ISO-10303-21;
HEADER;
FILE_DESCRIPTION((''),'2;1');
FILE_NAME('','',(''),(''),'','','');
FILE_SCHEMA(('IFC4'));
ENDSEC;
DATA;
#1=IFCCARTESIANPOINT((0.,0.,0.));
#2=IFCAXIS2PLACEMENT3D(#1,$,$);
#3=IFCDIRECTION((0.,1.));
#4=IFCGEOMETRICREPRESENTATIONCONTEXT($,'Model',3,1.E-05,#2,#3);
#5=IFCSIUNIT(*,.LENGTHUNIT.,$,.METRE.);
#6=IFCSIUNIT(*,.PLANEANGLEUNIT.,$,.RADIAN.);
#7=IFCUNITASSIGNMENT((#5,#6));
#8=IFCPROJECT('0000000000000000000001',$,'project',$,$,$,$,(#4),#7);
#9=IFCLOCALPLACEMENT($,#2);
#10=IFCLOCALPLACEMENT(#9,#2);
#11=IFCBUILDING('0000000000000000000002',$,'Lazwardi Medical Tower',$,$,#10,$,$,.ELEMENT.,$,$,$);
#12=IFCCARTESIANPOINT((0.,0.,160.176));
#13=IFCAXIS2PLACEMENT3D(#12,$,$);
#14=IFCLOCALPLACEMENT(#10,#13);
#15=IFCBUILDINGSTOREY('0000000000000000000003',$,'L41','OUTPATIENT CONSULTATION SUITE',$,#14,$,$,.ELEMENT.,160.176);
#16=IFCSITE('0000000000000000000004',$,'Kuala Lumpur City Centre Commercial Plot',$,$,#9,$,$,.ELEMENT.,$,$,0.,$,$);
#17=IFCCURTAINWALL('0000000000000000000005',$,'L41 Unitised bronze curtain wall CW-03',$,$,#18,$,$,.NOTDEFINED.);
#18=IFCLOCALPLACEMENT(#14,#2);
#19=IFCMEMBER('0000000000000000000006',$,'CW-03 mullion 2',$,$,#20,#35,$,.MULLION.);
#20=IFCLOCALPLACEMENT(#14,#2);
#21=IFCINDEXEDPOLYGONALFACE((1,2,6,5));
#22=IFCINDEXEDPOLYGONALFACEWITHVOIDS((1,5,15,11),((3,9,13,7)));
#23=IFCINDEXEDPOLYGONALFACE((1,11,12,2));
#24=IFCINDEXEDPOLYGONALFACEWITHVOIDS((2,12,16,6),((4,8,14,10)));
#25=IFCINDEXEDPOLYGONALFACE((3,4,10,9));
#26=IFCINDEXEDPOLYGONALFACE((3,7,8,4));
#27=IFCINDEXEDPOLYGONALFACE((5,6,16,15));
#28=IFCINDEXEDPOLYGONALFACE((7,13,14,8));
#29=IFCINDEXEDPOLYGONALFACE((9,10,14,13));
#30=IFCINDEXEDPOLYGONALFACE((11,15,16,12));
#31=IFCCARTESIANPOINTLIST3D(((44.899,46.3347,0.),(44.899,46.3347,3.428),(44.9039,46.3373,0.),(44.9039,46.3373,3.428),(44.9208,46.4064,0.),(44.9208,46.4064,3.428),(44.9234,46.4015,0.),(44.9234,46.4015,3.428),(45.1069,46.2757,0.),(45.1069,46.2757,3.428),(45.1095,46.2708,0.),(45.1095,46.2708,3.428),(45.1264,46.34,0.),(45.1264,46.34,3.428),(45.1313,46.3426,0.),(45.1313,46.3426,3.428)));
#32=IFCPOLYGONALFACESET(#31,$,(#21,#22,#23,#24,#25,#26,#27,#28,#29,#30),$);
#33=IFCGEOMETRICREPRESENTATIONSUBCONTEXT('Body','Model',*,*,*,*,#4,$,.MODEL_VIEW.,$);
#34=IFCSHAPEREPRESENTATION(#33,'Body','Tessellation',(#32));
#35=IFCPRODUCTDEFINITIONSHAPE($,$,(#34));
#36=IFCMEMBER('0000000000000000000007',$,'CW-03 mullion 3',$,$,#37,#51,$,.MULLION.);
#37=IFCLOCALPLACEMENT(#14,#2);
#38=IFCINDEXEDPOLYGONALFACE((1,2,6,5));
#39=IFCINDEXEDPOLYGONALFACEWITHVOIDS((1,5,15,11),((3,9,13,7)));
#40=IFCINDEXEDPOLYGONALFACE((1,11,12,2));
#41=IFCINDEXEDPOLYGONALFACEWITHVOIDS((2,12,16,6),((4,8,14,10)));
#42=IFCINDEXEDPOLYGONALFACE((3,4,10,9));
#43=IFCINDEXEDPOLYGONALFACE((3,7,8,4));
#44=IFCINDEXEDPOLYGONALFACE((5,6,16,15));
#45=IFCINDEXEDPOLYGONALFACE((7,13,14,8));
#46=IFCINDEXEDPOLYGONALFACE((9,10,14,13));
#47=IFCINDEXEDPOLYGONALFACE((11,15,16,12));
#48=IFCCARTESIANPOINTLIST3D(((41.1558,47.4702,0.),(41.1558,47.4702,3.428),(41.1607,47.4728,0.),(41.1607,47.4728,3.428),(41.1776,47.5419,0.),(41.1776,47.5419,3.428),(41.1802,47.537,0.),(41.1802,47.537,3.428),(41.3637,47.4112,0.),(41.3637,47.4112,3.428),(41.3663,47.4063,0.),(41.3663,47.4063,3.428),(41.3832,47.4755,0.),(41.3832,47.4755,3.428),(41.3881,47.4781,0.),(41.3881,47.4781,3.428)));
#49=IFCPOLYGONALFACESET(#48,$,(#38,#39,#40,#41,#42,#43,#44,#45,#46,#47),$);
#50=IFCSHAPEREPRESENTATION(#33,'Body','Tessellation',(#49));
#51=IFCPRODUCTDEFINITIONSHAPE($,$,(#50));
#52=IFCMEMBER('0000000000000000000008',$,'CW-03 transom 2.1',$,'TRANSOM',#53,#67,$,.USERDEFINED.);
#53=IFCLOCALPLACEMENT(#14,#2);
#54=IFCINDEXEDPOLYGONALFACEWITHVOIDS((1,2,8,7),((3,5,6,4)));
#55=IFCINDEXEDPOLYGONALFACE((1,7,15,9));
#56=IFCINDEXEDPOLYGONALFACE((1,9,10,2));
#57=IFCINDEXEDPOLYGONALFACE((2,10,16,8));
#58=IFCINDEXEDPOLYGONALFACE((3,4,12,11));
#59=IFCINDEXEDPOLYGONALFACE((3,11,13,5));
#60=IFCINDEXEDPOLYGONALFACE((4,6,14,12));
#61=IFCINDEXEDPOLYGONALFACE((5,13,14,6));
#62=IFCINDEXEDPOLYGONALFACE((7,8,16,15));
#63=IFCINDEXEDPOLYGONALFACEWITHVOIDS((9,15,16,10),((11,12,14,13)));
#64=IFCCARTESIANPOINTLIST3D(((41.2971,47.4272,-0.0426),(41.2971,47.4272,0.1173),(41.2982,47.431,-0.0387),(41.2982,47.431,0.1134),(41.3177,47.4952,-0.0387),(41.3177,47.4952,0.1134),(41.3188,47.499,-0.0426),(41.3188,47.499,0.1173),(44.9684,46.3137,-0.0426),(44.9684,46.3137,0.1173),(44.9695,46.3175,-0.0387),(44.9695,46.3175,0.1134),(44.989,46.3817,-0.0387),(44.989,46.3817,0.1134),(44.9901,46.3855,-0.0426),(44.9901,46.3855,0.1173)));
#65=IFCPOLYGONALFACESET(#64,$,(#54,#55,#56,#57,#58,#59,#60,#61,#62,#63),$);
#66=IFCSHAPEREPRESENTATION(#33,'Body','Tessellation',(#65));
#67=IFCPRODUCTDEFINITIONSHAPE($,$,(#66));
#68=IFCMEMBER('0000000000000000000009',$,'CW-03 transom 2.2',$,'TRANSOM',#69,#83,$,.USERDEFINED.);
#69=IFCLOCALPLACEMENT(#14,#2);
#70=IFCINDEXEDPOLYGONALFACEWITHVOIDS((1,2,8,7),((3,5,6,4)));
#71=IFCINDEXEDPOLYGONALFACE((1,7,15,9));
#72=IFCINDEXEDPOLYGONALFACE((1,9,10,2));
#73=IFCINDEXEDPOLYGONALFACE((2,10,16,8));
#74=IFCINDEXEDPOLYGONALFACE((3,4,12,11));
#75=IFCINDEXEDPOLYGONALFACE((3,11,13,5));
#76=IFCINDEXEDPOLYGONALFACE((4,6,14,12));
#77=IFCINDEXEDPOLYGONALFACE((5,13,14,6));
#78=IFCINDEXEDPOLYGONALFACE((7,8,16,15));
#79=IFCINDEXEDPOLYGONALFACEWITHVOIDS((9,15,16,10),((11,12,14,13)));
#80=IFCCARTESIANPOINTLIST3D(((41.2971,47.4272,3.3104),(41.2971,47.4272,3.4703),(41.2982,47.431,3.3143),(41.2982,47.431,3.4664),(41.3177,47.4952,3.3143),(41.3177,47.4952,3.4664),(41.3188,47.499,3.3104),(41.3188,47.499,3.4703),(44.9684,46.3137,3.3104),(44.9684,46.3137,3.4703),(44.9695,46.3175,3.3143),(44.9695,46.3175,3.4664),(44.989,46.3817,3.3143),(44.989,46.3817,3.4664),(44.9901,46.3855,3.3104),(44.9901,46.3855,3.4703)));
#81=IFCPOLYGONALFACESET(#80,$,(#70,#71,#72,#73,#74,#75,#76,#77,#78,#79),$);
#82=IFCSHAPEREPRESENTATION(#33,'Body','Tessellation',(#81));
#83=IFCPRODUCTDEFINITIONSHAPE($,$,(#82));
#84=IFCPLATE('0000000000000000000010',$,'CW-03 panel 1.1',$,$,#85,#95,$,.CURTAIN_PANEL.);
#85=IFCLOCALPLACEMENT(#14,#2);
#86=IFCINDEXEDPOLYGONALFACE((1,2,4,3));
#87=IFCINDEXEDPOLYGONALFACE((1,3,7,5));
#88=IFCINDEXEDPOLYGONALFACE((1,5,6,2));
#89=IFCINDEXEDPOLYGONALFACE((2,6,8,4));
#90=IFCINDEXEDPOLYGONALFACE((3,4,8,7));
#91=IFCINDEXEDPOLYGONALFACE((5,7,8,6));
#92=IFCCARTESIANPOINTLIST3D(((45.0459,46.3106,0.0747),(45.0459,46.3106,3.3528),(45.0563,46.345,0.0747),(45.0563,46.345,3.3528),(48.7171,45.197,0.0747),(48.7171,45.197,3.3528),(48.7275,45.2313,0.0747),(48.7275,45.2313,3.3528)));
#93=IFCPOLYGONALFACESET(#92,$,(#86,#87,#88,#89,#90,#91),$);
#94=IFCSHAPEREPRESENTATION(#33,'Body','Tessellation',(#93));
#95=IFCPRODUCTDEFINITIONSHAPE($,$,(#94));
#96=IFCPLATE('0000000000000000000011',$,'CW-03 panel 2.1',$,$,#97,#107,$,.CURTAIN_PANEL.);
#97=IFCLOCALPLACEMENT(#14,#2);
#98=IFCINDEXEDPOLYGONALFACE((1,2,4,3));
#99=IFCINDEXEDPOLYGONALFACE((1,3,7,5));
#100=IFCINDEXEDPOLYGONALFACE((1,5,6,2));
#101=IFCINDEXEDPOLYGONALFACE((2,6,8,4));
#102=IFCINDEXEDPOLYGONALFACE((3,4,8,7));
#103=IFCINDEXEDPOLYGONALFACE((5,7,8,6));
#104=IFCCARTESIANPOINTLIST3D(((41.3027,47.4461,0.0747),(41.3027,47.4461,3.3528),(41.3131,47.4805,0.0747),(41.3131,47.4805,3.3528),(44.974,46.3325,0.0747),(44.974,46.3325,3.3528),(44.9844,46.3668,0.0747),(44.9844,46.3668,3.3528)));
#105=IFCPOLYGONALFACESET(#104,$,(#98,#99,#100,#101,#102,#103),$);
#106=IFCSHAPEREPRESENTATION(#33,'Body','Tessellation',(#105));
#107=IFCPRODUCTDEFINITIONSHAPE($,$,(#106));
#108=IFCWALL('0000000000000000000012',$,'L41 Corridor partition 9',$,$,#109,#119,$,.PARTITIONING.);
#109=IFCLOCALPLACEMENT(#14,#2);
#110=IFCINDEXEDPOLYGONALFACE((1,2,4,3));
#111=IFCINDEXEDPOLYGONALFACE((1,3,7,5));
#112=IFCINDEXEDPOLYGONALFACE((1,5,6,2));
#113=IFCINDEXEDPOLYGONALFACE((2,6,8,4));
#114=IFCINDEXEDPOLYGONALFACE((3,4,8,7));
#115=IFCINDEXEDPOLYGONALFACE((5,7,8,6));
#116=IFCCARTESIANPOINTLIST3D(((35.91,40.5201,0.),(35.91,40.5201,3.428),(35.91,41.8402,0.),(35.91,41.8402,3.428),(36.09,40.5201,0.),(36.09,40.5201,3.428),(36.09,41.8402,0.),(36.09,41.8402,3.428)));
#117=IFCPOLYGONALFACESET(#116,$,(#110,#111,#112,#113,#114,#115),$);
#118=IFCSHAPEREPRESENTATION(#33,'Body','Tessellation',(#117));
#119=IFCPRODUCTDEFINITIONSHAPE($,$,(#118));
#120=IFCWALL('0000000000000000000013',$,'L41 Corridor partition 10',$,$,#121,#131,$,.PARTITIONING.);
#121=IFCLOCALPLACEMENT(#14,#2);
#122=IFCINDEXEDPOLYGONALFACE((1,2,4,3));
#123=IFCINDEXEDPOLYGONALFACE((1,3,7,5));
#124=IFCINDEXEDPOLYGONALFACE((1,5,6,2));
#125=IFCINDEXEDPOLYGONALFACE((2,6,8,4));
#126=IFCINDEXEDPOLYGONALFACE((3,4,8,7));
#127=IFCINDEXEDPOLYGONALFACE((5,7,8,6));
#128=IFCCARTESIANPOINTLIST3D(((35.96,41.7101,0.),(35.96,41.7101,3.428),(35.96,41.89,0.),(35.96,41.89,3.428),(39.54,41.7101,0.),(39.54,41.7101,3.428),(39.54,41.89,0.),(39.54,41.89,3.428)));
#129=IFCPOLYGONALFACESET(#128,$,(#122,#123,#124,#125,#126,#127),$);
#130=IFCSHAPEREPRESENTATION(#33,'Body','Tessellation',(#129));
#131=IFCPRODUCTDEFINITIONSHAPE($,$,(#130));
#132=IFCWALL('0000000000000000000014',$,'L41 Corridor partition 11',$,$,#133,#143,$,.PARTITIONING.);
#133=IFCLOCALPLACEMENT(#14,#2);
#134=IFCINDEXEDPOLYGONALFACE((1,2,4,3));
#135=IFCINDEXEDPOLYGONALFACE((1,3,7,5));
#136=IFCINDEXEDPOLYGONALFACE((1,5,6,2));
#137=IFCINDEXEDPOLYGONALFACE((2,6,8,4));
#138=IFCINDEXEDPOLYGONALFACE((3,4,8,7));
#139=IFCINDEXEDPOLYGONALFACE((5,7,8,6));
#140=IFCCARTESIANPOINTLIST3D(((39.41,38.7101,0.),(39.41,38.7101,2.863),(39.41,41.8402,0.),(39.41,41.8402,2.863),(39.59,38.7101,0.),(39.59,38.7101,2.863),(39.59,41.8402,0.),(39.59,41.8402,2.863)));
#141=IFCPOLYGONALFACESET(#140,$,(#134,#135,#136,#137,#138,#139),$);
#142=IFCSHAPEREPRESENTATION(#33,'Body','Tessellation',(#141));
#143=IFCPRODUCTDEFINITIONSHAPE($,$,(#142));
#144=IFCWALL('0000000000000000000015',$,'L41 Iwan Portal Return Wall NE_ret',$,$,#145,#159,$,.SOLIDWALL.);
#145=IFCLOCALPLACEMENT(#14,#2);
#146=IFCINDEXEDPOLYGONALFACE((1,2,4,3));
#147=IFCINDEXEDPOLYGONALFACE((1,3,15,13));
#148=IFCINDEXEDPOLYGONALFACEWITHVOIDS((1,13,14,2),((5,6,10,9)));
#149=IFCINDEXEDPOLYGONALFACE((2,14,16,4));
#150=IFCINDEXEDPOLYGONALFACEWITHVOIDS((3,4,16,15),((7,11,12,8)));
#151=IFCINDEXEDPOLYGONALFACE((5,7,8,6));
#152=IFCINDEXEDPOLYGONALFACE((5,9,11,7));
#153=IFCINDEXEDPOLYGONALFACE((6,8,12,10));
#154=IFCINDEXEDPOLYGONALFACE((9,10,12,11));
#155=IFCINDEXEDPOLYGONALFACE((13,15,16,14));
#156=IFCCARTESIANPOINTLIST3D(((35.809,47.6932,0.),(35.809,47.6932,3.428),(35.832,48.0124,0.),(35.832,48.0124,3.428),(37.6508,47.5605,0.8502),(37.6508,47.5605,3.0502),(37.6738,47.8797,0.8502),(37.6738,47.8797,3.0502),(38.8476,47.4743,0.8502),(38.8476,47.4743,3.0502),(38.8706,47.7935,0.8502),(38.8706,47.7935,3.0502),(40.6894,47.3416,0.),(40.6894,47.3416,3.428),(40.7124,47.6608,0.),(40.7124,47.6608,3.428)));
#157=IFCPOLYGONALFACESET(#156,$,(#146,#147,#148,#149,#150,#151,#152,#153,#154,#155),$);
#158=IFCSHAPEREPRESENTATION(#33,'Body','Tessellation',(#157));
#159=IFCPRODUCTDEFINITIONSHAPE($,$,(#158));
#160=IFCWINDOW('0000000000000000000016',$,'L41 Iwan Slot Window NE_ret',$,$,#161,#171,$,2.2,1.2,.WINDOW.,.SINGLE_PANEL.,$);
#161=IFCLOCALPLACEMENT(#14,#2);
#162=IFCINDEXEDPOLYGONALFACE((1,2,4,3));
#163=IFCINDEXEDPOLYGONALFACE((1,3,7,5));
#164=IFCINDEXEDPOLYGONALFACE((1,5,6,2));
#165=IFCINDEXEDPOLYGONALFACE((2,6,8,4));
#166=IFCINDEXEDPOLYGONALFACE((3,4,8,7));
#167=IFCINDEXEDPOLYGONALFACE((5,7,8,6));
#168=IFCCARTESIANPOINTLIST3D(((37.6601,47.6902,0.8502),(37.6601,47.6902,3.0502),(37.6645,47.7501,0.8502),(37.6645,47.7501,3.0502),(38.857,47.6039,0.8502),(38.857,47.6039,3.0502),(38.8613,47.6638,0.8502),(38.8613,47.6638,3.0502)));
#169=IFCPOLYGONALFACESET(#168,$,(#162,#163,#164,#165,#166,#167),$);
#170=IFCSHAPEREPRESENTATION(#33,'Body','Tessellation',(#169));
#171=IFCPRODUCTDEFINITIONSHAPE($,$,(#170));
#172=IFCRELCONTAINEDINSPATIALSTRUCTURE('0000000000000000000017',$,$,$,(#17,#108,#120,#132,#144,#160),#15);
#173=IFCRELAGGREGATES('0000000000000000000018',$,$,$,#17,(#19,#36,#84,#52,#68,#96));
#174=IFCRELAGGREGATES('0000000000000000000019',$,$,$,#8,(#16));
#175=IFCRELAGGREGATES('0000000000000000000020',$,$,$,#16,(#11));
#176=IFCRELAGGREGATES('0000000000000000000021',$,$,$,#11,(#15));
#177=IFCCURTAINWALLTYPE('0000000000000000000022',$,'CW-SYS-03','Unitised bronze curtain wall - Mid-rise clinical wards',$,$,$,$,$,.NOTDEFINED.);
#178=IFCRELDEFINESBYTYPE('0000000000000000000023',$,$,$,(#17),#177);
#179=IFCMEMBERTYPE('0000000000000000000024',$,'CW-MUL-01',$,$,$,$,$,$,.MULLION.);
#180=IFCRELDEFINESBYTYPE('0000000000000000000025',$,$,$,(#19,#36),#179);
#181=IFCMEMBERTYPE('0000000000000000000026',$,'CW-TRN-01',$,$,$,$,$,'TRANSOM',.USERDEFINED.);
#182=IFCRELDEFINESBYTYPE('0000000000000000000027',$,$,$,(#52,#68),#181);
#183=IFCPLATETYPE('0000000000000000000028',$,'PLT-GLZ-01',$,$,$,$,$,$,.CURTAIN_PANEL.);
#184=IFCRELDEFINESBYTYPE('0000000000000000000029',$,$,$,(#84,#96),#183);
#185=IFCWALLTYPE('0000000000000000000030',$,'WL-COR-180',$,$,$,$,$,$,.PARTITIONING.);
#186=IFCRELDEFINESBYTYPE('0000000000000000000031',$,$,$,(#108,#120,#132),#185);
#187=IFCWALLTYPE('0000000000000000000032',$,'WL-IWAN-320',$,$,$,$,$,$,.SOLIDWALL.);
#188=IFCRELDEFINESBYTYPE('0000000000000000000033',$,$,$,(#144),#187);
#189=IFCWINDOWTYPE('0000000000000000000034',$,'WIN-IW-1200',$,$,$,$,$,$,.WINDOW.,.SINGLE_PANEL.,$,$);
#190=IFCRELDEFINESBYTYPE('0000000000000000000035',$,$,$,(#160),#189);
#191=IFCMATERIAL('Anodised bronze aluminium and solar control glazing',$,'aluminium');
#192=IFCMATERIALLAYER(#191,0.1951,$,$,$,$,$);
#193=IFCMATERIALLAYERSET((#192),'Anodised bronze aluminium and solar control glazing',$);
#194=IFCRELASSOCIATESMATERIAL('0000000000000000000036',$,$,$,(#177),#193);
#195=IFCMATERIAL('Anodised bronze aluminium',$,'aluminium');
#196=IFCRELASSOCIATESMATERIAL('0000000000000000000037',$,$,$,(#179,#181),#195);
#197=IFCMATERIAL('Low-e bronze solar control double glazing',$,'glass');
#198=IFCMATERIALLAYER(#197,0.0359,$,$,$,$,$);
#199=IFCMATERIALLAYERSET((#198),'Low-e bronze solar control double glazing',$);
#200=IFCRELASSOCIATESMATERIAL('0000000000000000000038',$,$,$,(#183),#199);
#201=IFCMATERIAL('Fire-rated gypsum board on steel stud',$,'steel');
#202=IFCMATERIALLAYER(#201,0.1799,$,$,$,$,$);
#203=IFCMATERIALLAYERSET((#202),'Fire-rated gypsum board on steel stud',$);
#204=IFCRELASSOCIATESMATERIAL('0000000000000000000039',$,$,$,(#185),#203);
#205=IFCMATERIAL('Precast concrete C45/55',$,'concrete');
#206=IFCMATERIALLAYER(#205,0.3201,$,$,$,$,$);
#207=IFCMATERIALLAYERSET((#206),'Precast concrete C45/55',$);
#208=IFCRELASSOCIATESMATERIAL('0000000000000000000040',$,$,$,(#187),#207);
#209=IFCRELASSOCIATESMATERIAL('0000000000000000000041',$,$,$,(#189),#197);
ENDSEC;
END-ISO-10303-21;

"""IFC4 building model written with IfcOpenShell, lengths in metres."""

from ifc_helpers import new_model, si_unit, direction, frame, frame_2d, origin, origin_2d, place, context, subcontext, project, spatial, rectangle, hollow_rectangle, extrude, material, layer, layer_set, material_profile, profile_set, type_object, element, fill, aggregate, save


model = new_model("IFC4")

# Units and contexts
model_context = context("Model", 3, precision=1e-05, world=origin(), true_north=direction((0.0, 1.0)))
body_context = subcontext(model_context, "Body", "Model", "MODEL_VIEW")
ifc_project = project(units=[si_unit("LENGTHUNIT", "METRE"), si_unit("PLANEANGLEUNIT", "RADIAN")], contexts=[model_context])

# Site, building, storey
site_placement = place(None, origin())
site = spatial("IfcSite", under=ifc_project, at=site_placement, Name="Kuala Lumpur City Centre Commercial Plot", CompositionType="ELEMENT", RefElevation=0.0)
building_placement = place(site_placement, origin())
building = spatial("IfcBuilding", under=site, at=building_placement, Name="Lazwardi Medical Tower", CompositionType="ELEMENT")
storey_placement = place(building_placement, frame((0.0, 0.0, 160.176)))
storey = spatial("IfcBuildingStorey", under=building, at=storey_placement, Name="L41", Description="OUTPATIENT CONSULTATION SUITE", CompositionType="ELEMENT", Elevation=160.176)

# Curtain wall, members, plates
ifc_material_1 = material(Name="Anodised bronze aluminium and solar control glazing", Category="aluminium")
ifc_layer_1 = layer(ifc_material_1, 0.1951)
ifc_layer_set_1 = layer_set([ifc_layer_1], Name="Anodised bronze aluminium and solar control glazing")
curtain_wall_type = type_object("IfcCurtainWallType", Name="CW-SYS-03", Description="Unitised bronze curtain wall - Mid-rise clinical wards", PredefinedType="NOTDEFINED", material=ifc_layer_set_1)
curtain_wall_placement = place(storey_placement, origin())
curtain_wall = element("IfcCurtainWall", 1, at=curtain_wall_placement, inside=storey, type_object=curtain_wall_type, Name="L41 Unitised bronze curtain wall CW-03", PredefinedType="NOTDEFINED")
ifc_material_2 = material(Name="Anodised bronze aluminium", Category="aluminium")
ifc_material_profile_1 = material_profile(ifc_material_2, hollow_rectangle(XDim=0.075, YDim=0.22, WallThickness=0.0039, at=origin_2d()), Name="ALU-MULLION 220x75x4")
ifc_profile_set_1 = profile_set([ifc_material_profile_1], Name="Anodised bronze aluminium")
member_type_1 = type_object("IfcMemberType", Name="CW-MUL-01", PredefinedType="MULLION", material=ifc_profile_set_1)
member_1_placement = place(storey_placement, frame((45.0151, 46.3386, 0.0), z_axis=(0.0, 0.0, 1.0), x_axis=(-0.290281, -0.956942, 0.0)))
member_1 = element("IfcMember", 2, at=member_1_placement, type_object=member_type_1, Name="CW-03 mullion 2", PredefinedType="MULLION", context=body_context, shape_type="SweptSolid", body=[
    extrude(hollow_rectangle(XDim=0.075, YDim=0.22, WallThickness=0.0039, at=origin_2d()), origin(), (0.0, 0.0, 1.0), 3.428),
])
member_2_placement = place(storey_placement, frame((41.272, 47.4741, 0.0), z_axis=(0.0, 0.0, 1.0), x_axis=(-0.290281, -0.956942, 0.0)))
member_2 = element("IfcMember", 3, at=member_2_placement, type_object=member_type_1, Name="CW-03 mullion 3", PredefinedType="MULLION", context=body_context, shape_type="SweptSolid", body=[
    extrude(hollow_rectangle(XDim=0.075, YDim=0.22, WallThickness=0.0039, at=origin_2d()), origin(), (0.0, 0.0, 1.0), 3.428),
])
ifc_material_profile_2 = material_profile(ifc_material_2, hollow_rectangle(XDim=0.075, YDim=0.1599, WallThickness=0.0039, at=origin_2d()), Name="ALU-TRANSOM 160x75x4")
ifc_profile_set_2 = profile_set([ifc_material_profile_2], Name="Anodised bronze aluminium")
member_type_2 = type_object("IfcMemberType", Name="CW-TRN-01", ElementType="TRANSOM", PredefinedType="USERDEFINED", material=ifc_profile_set_2)
member_3_placement = place(storey_placement, frame((44.9792, 46.3496, 0.0374), z_axis=(-0.956953, 0.290242, 0.0), x_axis=(-0.290242, -0.956953, 0.0)))
member_3 = element("IfcMember", 4, at=member_3_placement, type_object=member_type_2, Name="CW-03 transom 2.1", ObjectType="TRANSOM", PredefinedType="USERDEFINED", context=body_context, shape_type="SweptSolid", body=[
    extrude(hollow_rectangle(XDim=0.075, YDim=0.1599, WallThickness=0.0039, at=origin_2d()), origin(), (0.0, 0.0, 1.0), 3.8364),
])
member_4_placement = place(storey_placement, frame((44.9792, 46.3496, 3.3904), z_axis=(-0.956953, 0.290242, 0.0), x_axis=(-0.290242, -0.956953, 0.0)))
member_4 = element("IfcMember", 5, at=member_4_placement, type_object=member_type_2, Name="CW-03 transom 2.2", ObjectType="TRANSOM", PredefinedType="USERDEFINED", context=body_context, shape_type="SweptSolid", body=[
    extrude(hollow_rectangle(XDim=0.075, YDim=0.1599, WallThickness=0.0039, at=origin_2d()), origin(), (0.0, 0.0, 1.0), 3.8364),
])
ifc_material_3 = material(Name="Low-e bronze solar control double glazing", Category="glass")
ifc_layer_2 = layer(ifc_material_3, 0.0359)
ifc_layer_set_2 = layer_set([ifc_layer_2], Name="Low-e bronze solar control double glazing")
plate_type = type_object("IfcPlateType", Name="PLT-GLZ-01", PredefinedType="CURTAIN_PANEL", material=ifc_layer_set_2)
plate_1_placement = place(storey_placement, frame((46.8867, 45.771, 0.0747), z_axis=(0.0, 0.0, 1.0), x_axis=(-0.956942, 0.290281, 0.0)))
plate_1 = element("IfcPlate", 6, at=plate_1_placement, type_object=plate_type, Name="CW-03 panel 1.1", PredefinedType="CURTAIN_PANEL", context=body_context, shape_type="SweptSolid", body=[
    extrude(rectangle(XDim=3.8364, YDim=0.0359, at=origin_2d()), origin(), (0.0, 0.0, 1.0), 3.2781),
])
plate_2_placement = place(storey_placement, frame((43.1436, 46.9065, 0.0747), z_axis=(0.0, 0.0, 1.0), x_axis=(-0.956942, 0.290281, 0.0)))
plate_2 = element("IfcPlate", 7, at=plate_2_placement, type_object=plate_type, Name="CW-03 panel 2.1", PredefinedType="CURTAIN_PANEL", context=body_context, shape_type="SweptSolid", body=[
    extrude(rectangle(XDim=3.8364, YDim=0.0359, at=origin_2d()), origin(), (0.0, 0.0, 1.0), 3.2781),
])
aggregate(curtain_wall, [member_1, member_2, plate_1, member_3, member_4, plate_2])

# Walls
ifc_material_4 = material(Name="Fire-rated gypsum board on steel stud", Category="steel")
ifc_layer_3 = layer(ifc_material_4, 0.1799)
ifc_layer_set_3 = layer_set([ifc_layer_3], Name="Fire-rated gypsum board on steel stud")
wall_type_1 = type_object("IfcWallType", Name="WL-COR-180", PredefinedType="PARTITIONING", material=ifc_layer_set_3)
wall_1_placement = place(storey_placement, frame((36.0, 40.52, 0.0), z_axis=(0.0, 0.0, 1.0), x_axis=(0.0, 1.0, 0.0)))
element("IfcWall", 8, at=wall_1_placement, inside=storey, type_object=wall_type_1, Name="L41 Corridor partition 9", PredefinedType="PARTITIONING", context=body_context, shape_type="SweptSolid", body=[
    extrude(rectangle(XDim=1.3201, YDim=0.1799, at=frame_2d((0.6602, 0.0))), origin(), (0.0, 0.0, 1.0), 3.428),
])
wall_2_placement = place(storey_placement, frame((35.96, 41.8, 0.0), z_axis=(0.0, 0.0, 1.0), x_axis=(1.0, 0.0, 0.0)))
element("IfcWall", 9, at=wall_2_placement, inside=storey, type_object=wall_type_1, Name="L41 Corridor partition 10", PredefinedType="PARTITIONING", context=body_context, shape_type="SweptSolid", body=[
    extrude(rectangle(XDim=3.5801, YDim=0.1799, at=frame_2d((1.79, 0.0))), origin(), (0.0, 0.0, 1.0), 3.428),
])
wall_3_placement = place(storey_placement, frame((39.5, 41.8401, 0.0), z_axis=(0.0, 0.0, 1.0), x_axis=(0.0, -1.0, 0.0)))
element("IfcWall", 10, at=wall_3_placement, inside=storey, type_object=wall_type_1, Name="L41 Corridor partition 11", PredefinedType="PARTITIONING", context=body_context, shape_type="SweptSolid", body=[
    extrude(rectangle(XDim=3.1301, YDim=0.1799, at=frame_2d((1.5649, 0.0))), origin(), (0.0, 0.0, 1.0), 2.863),
])

# Wall, opening, window
ifc_material_5 = material(Name="Precast concrete C45/55", Category="concrete")
ifc_layer_4 = layer(ifc_material_5, 0.3201)
ifc_layer_set_4 = layer_set([ifc_layer_4], Name="Precast concrete C45/55")
wall_type_2 = type_object("IfcWallType", Name="WL-IWAN-320", PredefinedType="SOLIDWALL", material=ifc_layer_set_4)
wall_4_placement = place(storey_placement, frame((40.7009, 47.5012, 0.0), z_axis=(0.0, 0.0, 1.0), x_axis=(-0.997415, 0.07185, 0.0)))
wall_4 = element("IfcWall", 11, at=wall_4_placement, inside=storey, type_object=wall_type_2, Name="L41 Iwan Portal Return Wall NE_ret", PredefinedType="SOLIDWALL", context=body_context, shape_type="SweptSolid", body=[
    extrude(rectangle(XDim=4.8931, YDim=0.3201, at=frame_2d((2.4465, 0.0))), origin(), (0.0, 0.0, 1.0), 3.428),
])
opening_1_placement = place(wall_4_placement, frame((1.8464, 0.0, 0.8501)))
opening_1 = element("IfcOpeningElement", 12, at=opening_1_placement, cuts=wall_4, PredefinedType="OPENING", context=body_context, shape_type="SweptSolid", body=[
    extrude(rectangle(XDim=1.2, YDim=2.2, at=frame_2d((0.6001, 1.1001))), frame((0.0, 0.1699, 0.0), z_axis=(0.0, -1.0, 0.0), x_axis=(1.0, 0.0, 0.0)), (0.0, 0.0, 1.0), 0.3401),
])
window_type_1 = type_object("IfcWindowType", Name="WIN-IW-1200", PartitioningType="SINGLE_PANEL", PredefinedType="WINDOW", material=ifc_material_3)
window_1_placement = place(opening_1_placement, origin())
window_1 = element("IfcWindow", 13, at=window_1_placement, inside=storey, type_object=window_type_1, Name="L41 Iwan Slot Window NE_ret", OverallHeight=2.2, OverallWidth=1.2, PartitioningType="SINGLE_PANEL", PredefinedType="WINDOW", context=body_context, shape_type="SweptSolid", body=[
    extrude(rectangle(XDim=1.2, YDim=2.2, at=frame_2d((0.6001, 1.1001))), frame((0.0, 0.03, 0.0), z_axis=(0.0, -1.0, 0.0), x_axis=(1.0, 0.0, 0.0)), (0.0, 0.0, 1.0), 0.0601),
])
fill(opening_1, window_1)

save(model, "model.ifc")
